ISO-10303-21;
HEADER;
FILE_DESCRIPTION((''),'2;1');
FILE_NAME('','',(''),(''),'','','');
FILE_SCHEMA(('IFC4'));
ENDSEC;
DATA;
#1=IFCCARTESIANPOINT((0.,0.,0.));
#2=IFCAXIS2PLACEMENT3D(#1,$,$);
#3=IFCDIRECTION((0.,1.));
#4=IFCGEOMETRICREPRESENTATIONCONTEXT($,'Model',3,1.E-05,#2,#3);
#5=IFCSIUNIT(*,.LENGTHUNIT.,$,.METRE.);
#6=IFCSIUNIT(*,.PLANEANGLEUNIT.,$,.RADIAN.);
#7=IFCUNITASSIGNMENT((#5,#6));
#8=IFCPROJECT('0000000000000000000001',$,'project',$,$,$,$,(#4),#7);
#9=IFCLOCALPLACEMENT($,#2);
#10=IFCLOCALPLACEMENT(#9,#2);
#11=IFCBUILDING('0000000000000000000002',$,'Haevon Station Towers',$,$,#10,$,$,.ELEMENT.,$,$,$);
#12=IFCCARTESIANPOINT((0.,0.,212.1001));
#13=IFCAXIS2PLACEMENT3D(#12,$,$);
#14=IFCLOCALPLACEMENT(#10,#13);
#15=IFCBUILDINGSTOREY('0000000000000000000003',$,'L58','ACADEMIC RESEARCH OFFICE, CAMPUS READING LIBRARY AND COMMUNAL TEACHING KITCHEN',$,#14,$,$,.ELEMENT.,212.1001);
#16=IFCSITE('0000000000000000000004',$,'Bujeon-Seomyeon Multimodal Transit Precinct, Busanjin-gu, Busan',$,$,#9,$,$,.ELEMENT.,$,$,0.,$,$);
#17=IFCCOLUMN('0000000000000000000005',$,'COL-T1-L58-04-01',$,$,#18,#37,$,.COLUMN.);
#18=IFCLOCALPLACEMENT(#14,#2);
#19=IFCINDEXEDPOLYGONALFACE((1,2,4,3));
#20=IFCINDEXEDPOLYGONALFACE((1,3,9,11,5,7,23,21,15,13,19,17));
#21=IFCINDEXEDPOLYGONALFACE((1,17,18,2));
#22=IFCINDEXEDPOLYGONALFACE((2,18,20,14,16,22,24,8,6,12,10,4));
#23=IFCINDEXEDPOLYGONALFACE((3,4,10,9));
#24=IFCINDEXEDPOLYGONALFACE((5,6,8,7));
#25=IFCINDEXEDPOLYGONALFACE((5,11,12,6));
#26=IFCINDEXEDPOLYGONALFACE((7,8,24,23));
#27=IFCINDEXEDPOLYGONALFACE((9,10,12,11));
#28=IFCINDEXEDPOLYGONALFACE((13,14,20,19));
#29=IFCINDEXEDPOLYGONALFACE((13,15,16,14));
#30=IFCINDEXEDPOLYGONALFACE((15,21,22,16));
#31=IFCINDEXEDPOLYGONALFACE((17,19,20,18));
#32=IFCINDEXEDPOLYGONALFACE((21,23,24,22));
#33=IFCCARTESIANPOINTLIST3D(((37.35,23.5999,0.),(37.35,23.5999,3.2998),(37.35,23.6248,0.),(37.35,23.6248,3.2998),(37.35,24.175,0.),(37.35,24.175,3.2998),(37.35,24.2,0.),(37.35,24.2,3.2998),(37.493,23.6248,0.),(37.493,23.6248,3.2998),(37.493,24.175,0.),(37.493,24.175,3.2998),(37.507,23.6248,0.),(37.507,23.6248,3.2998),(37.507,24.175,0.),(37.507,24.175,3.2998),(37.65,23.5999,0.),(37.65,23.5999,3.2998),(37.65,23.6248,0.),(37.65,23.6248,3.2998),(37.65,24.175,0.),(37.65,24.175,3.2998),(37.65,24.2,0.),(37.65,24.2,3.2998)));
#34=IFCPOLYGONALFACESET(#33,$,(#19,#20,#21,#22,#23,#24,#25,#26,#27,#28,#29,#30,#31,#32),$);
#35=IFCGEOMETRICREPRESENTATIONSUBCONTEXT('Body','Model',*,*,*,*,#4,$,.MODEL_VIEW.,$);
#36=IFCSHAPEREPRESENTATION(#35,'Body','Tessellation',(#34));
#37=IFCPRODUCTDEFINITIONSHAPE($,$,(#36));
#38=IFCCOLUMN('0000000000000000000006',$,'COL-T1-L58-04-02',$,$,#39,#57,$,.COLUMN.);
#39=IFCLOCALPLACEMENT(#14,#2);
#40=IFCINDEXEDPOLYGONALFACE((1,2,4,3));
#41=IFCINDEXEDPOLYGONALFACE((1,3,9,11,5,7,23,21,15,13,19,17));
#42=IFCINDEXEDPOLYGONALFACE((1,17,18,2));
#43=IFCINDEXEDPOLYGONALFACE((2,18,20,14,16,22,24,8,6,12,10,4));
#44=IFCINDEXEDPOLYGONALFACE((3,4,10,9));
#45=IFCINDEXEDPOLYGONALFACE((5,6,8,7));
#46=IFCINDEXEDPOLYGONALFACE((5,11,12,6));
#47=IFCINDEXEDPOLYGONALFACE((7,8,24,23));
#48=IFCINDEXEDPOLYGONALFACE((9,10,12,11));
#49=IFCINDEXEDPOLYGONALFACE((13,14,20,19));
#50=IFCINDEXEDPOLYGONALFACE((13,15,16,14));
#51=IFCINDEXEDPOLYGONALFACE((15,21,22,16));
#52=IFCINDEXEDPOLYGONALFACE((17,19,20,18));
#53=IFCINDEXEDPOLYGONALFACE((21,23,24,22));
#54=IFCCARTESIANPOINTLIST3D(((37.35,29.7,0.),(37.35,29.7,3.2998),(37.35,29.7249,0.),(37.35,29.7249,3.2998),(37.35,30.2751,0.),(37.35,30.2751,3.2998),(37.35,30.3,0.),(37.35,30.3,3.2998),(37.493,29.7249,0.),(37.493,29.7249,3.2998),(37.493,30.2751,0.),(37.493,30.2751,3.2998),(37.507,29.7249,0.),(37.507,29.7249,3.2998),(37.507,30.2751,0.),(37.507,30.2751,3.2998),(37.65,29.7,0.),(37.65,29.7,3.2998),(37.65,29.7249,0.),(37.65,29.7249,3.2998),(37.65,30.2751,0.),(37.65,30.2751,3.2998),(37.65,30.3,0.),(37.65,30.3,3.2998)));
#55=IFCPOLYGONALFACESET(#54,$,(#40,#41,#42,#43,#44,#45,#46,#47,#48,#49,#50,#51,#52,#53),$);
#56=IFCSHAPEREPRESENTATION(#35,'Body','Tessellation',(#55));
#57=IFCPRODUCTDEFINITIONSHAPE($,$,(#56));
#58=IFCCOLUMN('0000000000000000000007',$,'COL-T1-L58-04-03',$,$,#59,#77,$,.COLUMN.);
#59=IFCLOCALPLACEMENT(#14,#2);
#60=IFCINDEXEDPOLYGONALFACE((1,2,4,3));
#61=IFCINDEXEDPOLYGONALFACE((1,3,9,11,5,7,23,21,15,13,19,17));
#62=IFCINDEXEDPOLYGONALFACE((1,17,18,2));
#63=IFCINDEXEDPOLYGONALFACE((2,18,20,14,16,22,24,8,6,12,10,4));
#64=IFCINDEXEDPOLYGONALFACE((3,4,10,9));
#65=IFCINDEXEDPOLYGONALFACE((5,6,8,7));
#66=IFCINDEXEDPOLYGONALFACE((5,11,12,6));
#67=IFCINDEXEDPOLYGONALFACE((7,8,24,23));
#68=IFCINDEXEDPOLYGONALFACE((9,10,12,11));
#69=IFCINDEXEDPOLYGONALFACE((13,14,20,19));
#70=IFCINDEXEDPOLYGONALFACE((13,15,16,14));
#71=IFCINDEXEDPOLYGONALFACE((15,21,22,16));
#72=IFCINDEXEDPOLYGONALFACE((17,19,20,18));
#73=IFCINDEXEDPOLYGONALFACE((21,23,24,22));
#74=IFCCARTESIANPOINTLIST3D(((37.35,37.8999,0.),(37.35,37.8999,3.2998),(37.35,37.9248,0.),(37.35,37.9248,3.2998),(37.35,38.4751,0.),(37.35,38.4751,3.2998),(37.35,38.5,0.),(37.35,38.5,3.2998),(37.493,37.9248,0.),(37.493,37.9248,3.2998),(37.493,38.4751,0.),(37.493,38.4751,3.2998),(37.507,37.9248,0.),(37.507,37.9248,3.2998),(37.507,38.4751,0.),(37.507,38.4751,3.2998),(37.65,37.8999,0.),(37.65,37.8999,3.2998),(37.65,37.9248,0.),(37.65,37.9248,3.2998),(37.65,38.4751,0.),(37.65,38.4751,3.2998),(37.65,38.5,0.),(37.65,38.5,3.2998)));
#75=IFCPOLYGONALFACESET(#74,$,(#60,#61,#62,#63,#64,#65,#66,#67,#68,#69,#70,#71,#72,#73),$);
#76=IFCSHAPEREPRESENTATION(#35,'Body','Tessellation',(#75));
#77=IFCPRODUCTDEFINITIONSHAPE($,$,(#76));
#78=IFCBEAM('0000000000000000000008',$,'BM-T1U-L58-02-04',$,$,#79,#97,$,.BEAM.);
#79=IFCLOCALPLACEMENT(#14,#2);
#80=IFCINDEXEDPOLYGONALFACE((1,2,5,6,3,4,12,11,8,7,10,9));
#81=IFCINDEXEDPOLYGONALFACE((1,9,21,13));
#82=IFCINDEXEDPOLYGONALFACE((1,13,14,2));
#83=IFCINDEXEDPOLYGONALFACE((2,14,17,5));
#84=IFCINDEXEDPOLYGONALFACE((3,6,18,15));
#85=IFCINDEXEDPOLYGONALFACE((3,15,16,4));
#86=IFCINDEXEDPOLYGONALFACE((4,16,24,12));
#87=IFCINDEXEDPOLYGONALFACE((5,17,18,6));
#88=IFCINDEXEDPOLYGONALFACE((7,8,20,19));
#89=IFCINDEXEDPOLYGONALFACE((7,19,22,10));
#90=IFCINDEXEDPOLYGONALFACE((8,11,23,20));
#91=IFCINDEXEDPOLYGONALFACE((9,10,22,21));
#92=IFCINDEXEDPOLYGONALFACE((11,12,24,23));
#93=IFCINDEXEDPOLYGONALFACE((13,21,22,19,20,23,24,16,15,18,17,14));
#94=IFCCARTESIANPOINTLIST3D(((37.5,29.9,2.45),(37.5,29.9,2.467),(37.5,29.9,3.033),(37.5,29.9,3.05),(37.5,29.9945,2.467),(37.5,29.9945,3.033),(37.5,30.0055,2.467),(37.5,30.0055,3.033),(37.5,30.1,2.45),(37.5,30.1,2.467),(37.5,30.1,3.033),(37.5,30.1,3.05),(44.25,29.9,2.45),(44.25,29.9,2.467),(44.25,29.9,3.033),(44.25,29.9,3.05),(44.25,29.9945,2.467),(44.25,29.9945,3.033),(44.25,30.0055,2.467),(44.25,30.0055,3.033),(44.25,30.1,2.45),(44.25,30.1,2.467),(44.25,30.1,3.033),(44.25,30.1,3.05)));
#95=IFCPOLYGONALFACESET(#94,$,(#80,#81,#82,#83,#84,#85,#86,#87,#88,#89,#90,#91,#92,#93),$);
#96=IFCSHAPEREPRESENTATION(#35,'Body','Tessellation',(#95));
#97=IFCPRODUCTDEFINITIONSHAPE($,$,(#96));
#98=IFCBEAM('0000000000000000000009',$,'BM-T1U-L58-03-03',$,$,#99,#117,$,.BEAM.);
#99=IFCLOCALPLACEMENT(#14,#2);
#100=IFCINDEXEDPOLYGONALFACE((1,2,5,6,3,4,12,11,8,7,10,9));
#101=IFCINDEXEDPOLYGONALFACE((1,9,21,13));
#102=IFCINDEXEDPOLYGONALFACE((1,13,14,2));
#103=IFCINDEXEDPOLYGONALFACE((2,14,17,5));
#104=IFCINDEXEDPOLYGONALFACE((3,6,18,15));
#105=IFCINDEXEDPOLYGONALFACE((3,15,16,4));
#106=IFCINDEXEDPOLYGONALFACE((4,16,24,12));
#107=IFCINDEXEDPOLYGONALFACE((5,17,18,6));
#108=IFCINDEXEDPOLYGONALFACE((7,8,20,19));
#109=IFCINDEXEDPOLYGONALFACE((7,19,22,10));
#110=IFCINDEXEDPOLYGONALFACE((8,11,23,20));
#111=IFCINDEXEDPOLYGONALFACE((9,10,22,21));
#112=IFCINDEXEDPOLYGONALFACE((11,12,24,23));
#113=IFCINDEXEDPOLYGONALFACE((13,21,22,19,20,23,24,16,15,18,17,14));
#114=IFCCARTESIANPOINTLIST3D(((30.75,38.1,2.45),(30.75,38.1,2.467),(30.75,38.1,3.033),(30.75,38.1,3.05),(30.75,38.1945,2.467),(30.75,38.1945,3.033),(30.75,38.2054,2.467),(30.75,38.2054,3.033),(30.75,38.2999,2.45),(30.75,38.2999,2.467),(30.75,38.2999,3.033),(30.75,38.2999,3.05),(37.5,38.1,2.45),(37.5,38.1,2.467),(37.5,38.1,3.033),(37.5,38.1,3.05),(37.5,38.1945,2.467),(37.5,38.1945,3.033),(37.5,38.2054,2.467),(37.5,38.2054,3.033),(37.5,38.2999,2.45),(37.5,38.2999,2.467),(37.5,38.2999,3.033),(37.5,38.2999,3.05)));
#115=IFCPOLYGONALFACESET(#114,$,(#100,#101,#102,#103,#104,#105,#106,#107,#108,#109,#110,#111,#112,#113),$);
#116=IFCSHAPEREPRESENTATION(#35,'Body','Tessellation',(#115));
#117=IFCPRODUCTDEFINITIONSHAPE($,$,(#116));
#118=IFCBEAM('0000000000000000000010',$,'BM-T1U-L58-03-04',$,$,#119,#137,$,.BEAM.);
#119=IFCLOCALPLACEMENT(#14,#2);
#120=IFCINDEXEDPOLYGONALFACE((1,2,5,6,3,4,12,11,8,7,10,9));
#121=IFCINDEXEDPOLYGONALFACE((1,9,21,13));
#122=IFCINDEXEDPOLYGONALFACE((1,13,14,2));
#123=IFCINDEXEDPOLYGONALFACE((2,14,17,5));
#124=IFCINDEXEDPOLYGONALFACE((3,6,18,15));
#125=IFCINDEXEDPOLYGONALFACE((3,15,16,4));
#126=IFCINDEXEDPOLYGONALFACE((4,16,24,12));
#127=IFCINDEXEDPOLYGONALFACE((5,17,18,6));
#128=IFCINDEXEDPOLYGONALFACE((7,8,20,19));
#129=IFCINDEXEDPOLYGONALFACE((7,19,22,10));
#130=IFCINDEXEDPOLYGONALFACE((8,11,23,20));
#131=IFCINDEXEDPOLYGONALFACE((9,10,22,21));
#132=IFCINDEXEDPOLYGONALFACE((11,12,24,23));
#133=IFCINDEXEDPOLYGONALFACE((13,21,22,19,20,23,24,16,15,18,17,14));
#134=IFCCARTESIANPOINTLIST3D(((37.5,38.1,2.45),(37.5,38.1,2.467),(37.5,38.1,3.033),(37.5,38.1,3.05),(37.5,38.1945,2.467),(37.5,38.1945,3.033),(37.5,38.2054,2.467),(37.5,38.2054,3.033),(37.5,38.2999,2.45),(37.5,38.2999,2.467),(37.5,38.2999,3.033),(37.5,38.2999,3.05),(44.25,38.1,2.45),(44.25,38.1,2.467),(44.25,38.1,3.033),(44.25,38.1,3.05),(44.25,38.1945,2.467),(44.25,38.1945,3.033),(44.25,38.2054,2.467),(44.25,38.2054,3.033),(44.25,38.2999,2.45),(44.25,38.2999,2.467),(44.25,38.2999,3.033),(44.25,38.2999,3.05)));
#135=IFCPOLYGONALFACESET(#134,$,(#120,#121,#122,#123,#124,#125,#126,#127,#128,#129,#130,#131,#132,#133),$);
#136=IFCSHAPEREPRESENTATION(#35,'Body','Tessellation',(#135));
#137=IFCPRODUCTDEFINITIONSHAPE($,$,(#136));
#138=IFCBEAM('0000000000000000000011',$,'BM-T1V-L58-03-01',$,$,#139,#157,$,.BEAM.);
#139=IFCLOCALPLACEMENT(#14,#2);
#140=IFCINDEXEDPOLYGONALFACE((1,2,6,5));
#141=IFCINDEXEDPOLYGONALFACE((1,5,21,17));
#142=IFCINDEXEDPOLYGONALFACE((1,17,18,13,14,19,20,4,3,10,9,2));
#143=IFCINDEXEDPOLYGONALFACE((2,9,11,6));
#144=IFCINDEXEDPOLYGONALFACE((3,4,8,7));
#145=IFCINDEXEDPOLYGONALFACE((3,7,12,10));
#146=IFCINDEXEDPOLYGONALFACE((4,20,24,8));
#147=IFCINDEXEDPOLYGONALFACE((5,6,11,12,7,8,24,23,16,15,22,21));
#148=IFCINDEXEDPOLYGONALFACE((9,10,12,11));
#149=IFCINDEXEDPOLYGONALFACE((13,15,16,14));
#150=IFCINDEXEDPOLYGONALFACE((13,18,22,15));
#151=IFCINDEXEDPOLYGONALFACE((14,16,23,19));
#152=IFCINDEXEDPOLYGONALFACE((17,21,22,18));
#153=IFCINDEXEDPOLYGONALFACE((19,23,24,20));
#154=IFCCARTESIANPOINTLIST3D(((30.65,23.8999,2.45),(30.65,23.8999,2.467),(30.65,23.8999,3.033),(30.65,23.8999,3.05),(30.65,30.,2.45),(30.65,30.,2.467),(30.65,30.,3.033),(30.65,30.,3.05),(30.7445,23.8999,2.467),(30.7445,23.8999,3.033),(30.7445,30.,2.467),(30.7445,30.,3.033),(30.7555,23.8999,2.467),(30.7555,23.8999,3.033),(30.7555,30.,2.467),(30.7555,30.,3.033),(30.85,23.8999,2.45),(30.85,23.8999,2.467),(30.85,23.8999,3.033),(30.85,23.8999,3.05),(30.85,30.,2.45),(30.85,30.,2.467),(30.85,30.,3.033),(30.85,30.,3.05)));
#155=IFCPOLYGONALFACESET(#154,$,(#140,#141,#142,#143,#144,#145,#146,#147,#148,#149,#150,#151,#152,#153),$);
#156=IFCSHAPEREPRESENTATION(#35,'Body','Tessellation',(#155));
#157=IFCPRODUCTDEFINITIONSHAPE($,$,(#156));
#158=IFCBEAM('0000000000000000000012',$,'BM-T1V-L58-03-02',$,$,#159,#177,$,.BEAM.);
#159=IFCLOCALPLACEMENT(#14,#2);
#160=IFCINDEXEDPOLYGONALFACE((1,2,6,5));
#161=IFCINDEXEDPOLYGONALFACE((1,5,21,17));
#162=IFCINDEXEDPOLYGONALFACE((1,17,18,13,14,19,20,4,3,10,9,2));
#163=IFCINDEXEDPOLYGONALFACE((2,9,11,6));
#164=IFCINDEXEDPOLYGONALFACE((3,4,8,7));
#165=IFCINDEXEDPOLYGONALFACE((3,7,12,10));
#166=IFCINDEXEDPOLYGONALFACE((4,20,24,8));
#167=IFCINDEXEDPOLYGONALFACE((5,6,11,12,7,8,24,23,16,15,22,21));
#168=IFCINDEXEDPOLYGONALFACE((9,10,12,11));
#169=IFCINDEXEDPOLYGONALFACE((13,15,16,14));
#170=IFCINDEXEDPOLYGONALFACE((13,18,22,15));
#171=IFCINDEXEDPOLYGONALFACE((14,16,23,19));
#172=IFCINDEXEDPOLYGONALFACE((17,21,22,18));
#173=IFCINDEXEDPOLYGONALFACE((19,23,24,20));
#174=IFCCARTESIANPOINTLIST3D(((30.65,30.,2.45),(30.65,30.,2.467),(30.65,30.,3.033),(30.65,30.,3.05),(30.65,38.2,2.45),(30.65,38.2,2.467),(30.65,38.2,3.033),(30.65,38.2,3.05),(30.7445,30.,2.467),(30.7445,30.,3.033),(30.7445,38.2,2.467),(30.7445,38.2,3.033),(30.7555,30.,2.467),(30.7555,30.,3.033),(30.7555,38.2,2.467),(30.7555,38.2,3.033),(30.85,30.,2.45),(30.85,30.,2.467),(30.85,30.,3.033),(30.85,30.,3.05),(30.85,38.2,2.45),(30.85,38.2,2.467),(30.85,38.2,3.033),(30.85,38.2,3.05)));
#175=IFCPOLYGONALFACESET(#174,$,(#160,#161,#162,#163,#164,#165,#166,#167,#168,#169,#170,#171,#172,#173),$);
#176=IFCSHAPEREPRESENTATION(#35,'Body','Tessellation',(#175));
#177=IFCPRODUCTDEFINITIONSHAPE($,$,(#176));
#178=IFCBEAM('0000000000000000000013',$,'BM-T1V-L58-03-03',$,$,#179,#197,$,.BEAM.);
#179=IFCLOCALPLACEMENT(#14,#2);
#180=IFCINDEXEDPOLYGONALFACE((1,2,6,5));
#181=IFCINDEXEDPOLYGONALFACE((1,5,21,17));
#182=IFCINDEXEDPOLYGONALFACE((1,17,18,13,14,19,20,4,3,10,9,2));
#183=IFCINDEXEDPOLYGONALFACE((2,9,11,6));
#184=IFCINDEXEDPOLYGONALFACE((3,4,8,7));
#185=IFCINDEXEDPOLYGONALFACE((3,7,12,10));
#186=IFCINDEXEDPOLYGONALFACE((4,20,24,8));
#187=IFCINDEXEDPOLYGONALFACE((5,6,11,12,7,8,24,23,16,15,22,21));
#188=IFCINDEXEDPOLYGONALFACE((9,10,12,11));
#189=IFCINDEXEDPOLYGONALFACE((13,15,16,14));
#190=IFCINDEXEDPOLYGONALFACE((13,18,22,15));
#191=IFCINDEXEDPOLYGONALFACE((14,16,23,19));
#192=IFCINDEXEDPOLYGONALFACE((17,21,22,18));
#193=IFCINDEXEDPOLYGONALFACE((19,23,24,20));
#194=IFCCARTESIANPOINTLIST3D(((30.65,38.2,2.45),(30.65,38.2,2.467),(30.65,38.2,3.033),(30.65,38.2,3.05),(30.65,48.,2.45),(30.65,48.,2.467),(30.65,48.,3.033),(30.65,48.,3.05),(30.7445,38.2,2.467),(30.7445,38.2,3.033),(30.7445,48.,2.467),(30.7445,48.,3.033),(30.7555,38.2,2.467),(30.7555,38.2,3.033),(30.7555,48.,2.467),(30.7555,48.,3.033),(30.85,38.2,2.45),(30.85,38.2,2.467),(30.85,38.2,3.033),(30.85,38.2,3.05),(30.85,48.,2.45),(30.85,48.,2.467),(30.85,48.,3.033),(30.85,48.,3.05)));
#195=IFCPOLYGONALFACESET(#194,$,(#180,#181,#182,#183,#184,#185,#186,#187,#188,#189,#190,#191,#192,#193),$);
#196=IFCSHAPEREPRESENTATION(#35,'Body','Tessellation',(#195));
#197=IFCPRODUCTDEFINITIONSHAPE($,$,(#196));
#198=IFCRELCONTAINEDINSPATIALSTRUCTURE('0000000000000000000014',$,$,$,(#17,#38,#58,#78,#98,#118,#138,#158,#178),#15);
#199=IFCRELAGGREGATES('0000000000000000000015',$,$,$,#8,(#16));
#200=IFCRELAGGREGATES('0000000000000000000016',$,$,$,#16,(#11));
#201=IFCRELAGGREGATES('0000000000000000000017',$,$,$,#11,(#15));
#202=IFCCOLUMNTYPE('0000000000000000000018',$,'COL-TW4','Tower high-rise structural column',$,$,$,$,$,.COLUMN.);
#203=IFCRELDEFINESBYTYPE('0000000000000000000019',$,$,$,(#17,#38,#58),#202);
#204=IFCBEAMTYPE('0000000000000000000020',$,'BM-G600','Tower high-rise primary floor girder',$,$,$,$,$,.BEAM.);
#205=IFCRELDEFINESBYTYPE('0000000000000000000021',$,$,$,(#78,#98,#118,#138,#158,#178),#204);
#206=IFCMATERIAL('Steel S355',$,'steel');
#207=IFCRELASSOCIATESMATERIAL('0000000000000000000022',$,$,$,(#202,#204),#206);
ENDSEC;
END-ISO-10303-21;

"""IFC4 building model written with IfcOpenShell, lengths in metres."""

from ifc_helpers import new_model, si_unit, direction, frame, origin, origin_2d, place, context, subcontext, project, spatial, i_section, extrude, material, material_profile, profile_set, type_object, element, save


model = new_model("IFC4")

# Units and contexts
model_context = context("Model", 3, precision=1e-05, world=origin(), true_north=direction((0.0, 1.0)))
body_context = subcontext(model_context, "Body", "Model", "MODEL_VIEW")
ifc_project = project(units=[si_unit("LENGTHUNIT", "METRE"), si_unit("PLANEANGLEUNIT", "RADIAN")], contexts=[model_context])

# Site, building, storey
site_placement = place(None, origin())
site = spatial("IfcSite", under=ifc_project, at=site_placement, Name="Bujeon-Seomyeon Multimodal Transit Precinct, Busanjin-gu, Busan", CompositionType="ELEMENT", RefElevation=0.0)
building_placement = place(site_placement, origin())
building = spatial("IfcBuilding", under=site, at=building_placement, Name="Haevon Station Towers", CompositionType="ELEMENT")
storey_placement = place(building_placement, frame((0.0, 0.0, 212.1001)))
storey = spatial("IfcBuildingStorey", under=building, at=storey_placement, Name="L58", Description="ACADEMIC RESEARCH OFFICE, CAMPUS READING LIBRARY AND COMMUNAL TEACHING KITCHEN", CompositionType="ELEMENT", Elevation=212.1001)

# Columns
ifc_material_1 = material(Name="Steel S355", Category="steel")
ifc_material_profile_1 = material_profile(ifc_material_1, i_section(OverallWidth=0.3, OverallDepth=0.6001, WebThickness=0.0139, FlangeThickness=0.0249, at=origin_2d()), Name="H-600x300x14x25")
ifc_profile_set_1 = profile_set([ifc_material_profile_1], Name="Steel S355")
column_type = type_object("IfcColumnType", Name="COL-TW4", Description="Tower high-rise structural column", PredefinedType="COLUMN", material=ifc_profile_set_1)
for number, where, z_axis, x_axis, name in (
    (1, (37.5, 23.8999, 0.0), (0.0, 0.0, 1.0), (1.0, 0.0, 0.0), "COL-T1-L58-04-01"),
    (2, (37.5, 30.0, 0.0), (0.0, 0.0, 1.0), (1.0, 0.0, 0.0), "COL-T1-L58-04-02"),
    (3, (37.5, 38.2, 0.0), (0.0, 0.0, 1.0), (1.0, 0.0, 0.0), "COL-T1-L58-04-03"),
):
    element("IfcColumn", number, at=place(storey_placement, frame(where, z_axis=z_axis, x_axis=x_axis)), inside=storey, type_object=column_type, Name=name, PredefinedType="COLUMN", context=body_context, shape_type="SweptSolid", body=[
        extrude(i_section(OverallWidth=0.3, OverallDepth=0.6001, WebThickness=0.0139, FlangeThickness=0.0249, at=origin_2d()), origin(), (0.0, 0.0, 1.0), 3.2998),
    ])

# Beams
ifc_material_profile_2 = material_profile(ifc_material_1, i_section(OverallWidth=0.2, OverallDepth=0.6001, WebThickness=0.011, FlangeThickness=0.0171, at=origin_2d()), Name="H-600x200x11x17")
ifc_profile_set_2 = profile_set([ifc_material_profile_2], Name="Steel S355")
beam_type_1 = type_object("IfcBeamType", Name="BM-G600", Description="Tower high-rise primary floor girder", PredefinedType="BEAM", material=ifc_profile_set_2)
for number, where, z_axis, x_axis, name in (
    (4, (37.5, 30.0, 2.75), (1.0, 0.0, 0.0), (0.0, 1.0, 0.0), "BM-T1U-L58-02-04"),
    (5, (30.75, 38.2, 2.75), (1.0, 0.0, 0.0), (0.0, 1.0, 0.0), "BM-T1U-L58-03-03"),
    (6, (37.5, 38.2, 2.75), (1.0, 0.0, 0.0), (0.0, 1.0, 0.0), "BM-T1U-L58-03-04"),
):
    element("IfcBeam", number, at=place(storey_placement, frame(where, z_axis=z_axis, x_axis=x_axis)), inside=storey, type_object=beam_type_1, Name=name, PredefinedType="BEAM", context=body_context, shape_type="SweptSolid", body=[
        extrude(i_section(OverallWidth=0.2, OverallDepth=0.6001, WebThickness=0.011, FlangeThickness=0.0171, at=origin_2d()), origin(), (0.0, 0.0, 1.0), 6.75),
    ])
beam_1_placement = place(storey_placement, frame((30.75, 23.8999, 2.75), z_axis=(0.0, 1.0, 0.0), x_axis=(-1.0, 0.0, 0.0)))
element("IfcBeam", 7, at=beam_1_placement, inside=storey, type_object=beam_type_1, Name="BM-T1V-L58-03-01", PredefinedType="BEAM", context=body_context, shape_type="SweptSolid", body=[
    extrude(i_section(OverallWidth=0.2, OverallDepth=0.6001, WebThickness=0.011, FlangeThickness=0.0171, at=origin_2d()), origin(), (0.0, 0.0, 1.0), 6.1001),
])
beam_2_placement = place(storey_placement, frame((30.75, 30.0, 2.75), z_axis=(0.0, 1.0, 0.0), x_axis=(-1.0, 0.0, 0.0)))
element("IfcBeam", 8, at=beam_2_placement, inside=storey, type_object=beam_type_1, Name="BM-T1V-L58-03-02", PredefinedType="BEAM", context=body_context, shape_type="SweptSolid", body=[
    extrude(i_section(OverallWidth=0.2, OverallDepth=0.6001, WebThickness=0.011, FlangeThickness=0.0171, at=origin_2d()), origin(), (0.0, 0.0, 1.0), 8.2),
])
beam_3_placement = place(storey_placement, frame((30.75, 38.2, 2.75), z_axis=(0.0, 1.0, 0.0), x_axis=(-1.0, 0.0, 0.0)))
element("IfcBeam", 9, at=beam_3_placement, inside=storey, type_object=beam_type_1, Name="BM-T1V-L58-03-03", PredefinedType="BEAM", context=body_context, shape_type="SweptSolid", body=[
    extrude(i_section(OverallWidth=0.2, OverallDepth=0.6001, WebThickness=0.011, FlangeThickness=0.0171, at=origin_2d()), origin(), (0.0, 0.0, 1.0), 9.8),
])

save(model, "model.ifc")
